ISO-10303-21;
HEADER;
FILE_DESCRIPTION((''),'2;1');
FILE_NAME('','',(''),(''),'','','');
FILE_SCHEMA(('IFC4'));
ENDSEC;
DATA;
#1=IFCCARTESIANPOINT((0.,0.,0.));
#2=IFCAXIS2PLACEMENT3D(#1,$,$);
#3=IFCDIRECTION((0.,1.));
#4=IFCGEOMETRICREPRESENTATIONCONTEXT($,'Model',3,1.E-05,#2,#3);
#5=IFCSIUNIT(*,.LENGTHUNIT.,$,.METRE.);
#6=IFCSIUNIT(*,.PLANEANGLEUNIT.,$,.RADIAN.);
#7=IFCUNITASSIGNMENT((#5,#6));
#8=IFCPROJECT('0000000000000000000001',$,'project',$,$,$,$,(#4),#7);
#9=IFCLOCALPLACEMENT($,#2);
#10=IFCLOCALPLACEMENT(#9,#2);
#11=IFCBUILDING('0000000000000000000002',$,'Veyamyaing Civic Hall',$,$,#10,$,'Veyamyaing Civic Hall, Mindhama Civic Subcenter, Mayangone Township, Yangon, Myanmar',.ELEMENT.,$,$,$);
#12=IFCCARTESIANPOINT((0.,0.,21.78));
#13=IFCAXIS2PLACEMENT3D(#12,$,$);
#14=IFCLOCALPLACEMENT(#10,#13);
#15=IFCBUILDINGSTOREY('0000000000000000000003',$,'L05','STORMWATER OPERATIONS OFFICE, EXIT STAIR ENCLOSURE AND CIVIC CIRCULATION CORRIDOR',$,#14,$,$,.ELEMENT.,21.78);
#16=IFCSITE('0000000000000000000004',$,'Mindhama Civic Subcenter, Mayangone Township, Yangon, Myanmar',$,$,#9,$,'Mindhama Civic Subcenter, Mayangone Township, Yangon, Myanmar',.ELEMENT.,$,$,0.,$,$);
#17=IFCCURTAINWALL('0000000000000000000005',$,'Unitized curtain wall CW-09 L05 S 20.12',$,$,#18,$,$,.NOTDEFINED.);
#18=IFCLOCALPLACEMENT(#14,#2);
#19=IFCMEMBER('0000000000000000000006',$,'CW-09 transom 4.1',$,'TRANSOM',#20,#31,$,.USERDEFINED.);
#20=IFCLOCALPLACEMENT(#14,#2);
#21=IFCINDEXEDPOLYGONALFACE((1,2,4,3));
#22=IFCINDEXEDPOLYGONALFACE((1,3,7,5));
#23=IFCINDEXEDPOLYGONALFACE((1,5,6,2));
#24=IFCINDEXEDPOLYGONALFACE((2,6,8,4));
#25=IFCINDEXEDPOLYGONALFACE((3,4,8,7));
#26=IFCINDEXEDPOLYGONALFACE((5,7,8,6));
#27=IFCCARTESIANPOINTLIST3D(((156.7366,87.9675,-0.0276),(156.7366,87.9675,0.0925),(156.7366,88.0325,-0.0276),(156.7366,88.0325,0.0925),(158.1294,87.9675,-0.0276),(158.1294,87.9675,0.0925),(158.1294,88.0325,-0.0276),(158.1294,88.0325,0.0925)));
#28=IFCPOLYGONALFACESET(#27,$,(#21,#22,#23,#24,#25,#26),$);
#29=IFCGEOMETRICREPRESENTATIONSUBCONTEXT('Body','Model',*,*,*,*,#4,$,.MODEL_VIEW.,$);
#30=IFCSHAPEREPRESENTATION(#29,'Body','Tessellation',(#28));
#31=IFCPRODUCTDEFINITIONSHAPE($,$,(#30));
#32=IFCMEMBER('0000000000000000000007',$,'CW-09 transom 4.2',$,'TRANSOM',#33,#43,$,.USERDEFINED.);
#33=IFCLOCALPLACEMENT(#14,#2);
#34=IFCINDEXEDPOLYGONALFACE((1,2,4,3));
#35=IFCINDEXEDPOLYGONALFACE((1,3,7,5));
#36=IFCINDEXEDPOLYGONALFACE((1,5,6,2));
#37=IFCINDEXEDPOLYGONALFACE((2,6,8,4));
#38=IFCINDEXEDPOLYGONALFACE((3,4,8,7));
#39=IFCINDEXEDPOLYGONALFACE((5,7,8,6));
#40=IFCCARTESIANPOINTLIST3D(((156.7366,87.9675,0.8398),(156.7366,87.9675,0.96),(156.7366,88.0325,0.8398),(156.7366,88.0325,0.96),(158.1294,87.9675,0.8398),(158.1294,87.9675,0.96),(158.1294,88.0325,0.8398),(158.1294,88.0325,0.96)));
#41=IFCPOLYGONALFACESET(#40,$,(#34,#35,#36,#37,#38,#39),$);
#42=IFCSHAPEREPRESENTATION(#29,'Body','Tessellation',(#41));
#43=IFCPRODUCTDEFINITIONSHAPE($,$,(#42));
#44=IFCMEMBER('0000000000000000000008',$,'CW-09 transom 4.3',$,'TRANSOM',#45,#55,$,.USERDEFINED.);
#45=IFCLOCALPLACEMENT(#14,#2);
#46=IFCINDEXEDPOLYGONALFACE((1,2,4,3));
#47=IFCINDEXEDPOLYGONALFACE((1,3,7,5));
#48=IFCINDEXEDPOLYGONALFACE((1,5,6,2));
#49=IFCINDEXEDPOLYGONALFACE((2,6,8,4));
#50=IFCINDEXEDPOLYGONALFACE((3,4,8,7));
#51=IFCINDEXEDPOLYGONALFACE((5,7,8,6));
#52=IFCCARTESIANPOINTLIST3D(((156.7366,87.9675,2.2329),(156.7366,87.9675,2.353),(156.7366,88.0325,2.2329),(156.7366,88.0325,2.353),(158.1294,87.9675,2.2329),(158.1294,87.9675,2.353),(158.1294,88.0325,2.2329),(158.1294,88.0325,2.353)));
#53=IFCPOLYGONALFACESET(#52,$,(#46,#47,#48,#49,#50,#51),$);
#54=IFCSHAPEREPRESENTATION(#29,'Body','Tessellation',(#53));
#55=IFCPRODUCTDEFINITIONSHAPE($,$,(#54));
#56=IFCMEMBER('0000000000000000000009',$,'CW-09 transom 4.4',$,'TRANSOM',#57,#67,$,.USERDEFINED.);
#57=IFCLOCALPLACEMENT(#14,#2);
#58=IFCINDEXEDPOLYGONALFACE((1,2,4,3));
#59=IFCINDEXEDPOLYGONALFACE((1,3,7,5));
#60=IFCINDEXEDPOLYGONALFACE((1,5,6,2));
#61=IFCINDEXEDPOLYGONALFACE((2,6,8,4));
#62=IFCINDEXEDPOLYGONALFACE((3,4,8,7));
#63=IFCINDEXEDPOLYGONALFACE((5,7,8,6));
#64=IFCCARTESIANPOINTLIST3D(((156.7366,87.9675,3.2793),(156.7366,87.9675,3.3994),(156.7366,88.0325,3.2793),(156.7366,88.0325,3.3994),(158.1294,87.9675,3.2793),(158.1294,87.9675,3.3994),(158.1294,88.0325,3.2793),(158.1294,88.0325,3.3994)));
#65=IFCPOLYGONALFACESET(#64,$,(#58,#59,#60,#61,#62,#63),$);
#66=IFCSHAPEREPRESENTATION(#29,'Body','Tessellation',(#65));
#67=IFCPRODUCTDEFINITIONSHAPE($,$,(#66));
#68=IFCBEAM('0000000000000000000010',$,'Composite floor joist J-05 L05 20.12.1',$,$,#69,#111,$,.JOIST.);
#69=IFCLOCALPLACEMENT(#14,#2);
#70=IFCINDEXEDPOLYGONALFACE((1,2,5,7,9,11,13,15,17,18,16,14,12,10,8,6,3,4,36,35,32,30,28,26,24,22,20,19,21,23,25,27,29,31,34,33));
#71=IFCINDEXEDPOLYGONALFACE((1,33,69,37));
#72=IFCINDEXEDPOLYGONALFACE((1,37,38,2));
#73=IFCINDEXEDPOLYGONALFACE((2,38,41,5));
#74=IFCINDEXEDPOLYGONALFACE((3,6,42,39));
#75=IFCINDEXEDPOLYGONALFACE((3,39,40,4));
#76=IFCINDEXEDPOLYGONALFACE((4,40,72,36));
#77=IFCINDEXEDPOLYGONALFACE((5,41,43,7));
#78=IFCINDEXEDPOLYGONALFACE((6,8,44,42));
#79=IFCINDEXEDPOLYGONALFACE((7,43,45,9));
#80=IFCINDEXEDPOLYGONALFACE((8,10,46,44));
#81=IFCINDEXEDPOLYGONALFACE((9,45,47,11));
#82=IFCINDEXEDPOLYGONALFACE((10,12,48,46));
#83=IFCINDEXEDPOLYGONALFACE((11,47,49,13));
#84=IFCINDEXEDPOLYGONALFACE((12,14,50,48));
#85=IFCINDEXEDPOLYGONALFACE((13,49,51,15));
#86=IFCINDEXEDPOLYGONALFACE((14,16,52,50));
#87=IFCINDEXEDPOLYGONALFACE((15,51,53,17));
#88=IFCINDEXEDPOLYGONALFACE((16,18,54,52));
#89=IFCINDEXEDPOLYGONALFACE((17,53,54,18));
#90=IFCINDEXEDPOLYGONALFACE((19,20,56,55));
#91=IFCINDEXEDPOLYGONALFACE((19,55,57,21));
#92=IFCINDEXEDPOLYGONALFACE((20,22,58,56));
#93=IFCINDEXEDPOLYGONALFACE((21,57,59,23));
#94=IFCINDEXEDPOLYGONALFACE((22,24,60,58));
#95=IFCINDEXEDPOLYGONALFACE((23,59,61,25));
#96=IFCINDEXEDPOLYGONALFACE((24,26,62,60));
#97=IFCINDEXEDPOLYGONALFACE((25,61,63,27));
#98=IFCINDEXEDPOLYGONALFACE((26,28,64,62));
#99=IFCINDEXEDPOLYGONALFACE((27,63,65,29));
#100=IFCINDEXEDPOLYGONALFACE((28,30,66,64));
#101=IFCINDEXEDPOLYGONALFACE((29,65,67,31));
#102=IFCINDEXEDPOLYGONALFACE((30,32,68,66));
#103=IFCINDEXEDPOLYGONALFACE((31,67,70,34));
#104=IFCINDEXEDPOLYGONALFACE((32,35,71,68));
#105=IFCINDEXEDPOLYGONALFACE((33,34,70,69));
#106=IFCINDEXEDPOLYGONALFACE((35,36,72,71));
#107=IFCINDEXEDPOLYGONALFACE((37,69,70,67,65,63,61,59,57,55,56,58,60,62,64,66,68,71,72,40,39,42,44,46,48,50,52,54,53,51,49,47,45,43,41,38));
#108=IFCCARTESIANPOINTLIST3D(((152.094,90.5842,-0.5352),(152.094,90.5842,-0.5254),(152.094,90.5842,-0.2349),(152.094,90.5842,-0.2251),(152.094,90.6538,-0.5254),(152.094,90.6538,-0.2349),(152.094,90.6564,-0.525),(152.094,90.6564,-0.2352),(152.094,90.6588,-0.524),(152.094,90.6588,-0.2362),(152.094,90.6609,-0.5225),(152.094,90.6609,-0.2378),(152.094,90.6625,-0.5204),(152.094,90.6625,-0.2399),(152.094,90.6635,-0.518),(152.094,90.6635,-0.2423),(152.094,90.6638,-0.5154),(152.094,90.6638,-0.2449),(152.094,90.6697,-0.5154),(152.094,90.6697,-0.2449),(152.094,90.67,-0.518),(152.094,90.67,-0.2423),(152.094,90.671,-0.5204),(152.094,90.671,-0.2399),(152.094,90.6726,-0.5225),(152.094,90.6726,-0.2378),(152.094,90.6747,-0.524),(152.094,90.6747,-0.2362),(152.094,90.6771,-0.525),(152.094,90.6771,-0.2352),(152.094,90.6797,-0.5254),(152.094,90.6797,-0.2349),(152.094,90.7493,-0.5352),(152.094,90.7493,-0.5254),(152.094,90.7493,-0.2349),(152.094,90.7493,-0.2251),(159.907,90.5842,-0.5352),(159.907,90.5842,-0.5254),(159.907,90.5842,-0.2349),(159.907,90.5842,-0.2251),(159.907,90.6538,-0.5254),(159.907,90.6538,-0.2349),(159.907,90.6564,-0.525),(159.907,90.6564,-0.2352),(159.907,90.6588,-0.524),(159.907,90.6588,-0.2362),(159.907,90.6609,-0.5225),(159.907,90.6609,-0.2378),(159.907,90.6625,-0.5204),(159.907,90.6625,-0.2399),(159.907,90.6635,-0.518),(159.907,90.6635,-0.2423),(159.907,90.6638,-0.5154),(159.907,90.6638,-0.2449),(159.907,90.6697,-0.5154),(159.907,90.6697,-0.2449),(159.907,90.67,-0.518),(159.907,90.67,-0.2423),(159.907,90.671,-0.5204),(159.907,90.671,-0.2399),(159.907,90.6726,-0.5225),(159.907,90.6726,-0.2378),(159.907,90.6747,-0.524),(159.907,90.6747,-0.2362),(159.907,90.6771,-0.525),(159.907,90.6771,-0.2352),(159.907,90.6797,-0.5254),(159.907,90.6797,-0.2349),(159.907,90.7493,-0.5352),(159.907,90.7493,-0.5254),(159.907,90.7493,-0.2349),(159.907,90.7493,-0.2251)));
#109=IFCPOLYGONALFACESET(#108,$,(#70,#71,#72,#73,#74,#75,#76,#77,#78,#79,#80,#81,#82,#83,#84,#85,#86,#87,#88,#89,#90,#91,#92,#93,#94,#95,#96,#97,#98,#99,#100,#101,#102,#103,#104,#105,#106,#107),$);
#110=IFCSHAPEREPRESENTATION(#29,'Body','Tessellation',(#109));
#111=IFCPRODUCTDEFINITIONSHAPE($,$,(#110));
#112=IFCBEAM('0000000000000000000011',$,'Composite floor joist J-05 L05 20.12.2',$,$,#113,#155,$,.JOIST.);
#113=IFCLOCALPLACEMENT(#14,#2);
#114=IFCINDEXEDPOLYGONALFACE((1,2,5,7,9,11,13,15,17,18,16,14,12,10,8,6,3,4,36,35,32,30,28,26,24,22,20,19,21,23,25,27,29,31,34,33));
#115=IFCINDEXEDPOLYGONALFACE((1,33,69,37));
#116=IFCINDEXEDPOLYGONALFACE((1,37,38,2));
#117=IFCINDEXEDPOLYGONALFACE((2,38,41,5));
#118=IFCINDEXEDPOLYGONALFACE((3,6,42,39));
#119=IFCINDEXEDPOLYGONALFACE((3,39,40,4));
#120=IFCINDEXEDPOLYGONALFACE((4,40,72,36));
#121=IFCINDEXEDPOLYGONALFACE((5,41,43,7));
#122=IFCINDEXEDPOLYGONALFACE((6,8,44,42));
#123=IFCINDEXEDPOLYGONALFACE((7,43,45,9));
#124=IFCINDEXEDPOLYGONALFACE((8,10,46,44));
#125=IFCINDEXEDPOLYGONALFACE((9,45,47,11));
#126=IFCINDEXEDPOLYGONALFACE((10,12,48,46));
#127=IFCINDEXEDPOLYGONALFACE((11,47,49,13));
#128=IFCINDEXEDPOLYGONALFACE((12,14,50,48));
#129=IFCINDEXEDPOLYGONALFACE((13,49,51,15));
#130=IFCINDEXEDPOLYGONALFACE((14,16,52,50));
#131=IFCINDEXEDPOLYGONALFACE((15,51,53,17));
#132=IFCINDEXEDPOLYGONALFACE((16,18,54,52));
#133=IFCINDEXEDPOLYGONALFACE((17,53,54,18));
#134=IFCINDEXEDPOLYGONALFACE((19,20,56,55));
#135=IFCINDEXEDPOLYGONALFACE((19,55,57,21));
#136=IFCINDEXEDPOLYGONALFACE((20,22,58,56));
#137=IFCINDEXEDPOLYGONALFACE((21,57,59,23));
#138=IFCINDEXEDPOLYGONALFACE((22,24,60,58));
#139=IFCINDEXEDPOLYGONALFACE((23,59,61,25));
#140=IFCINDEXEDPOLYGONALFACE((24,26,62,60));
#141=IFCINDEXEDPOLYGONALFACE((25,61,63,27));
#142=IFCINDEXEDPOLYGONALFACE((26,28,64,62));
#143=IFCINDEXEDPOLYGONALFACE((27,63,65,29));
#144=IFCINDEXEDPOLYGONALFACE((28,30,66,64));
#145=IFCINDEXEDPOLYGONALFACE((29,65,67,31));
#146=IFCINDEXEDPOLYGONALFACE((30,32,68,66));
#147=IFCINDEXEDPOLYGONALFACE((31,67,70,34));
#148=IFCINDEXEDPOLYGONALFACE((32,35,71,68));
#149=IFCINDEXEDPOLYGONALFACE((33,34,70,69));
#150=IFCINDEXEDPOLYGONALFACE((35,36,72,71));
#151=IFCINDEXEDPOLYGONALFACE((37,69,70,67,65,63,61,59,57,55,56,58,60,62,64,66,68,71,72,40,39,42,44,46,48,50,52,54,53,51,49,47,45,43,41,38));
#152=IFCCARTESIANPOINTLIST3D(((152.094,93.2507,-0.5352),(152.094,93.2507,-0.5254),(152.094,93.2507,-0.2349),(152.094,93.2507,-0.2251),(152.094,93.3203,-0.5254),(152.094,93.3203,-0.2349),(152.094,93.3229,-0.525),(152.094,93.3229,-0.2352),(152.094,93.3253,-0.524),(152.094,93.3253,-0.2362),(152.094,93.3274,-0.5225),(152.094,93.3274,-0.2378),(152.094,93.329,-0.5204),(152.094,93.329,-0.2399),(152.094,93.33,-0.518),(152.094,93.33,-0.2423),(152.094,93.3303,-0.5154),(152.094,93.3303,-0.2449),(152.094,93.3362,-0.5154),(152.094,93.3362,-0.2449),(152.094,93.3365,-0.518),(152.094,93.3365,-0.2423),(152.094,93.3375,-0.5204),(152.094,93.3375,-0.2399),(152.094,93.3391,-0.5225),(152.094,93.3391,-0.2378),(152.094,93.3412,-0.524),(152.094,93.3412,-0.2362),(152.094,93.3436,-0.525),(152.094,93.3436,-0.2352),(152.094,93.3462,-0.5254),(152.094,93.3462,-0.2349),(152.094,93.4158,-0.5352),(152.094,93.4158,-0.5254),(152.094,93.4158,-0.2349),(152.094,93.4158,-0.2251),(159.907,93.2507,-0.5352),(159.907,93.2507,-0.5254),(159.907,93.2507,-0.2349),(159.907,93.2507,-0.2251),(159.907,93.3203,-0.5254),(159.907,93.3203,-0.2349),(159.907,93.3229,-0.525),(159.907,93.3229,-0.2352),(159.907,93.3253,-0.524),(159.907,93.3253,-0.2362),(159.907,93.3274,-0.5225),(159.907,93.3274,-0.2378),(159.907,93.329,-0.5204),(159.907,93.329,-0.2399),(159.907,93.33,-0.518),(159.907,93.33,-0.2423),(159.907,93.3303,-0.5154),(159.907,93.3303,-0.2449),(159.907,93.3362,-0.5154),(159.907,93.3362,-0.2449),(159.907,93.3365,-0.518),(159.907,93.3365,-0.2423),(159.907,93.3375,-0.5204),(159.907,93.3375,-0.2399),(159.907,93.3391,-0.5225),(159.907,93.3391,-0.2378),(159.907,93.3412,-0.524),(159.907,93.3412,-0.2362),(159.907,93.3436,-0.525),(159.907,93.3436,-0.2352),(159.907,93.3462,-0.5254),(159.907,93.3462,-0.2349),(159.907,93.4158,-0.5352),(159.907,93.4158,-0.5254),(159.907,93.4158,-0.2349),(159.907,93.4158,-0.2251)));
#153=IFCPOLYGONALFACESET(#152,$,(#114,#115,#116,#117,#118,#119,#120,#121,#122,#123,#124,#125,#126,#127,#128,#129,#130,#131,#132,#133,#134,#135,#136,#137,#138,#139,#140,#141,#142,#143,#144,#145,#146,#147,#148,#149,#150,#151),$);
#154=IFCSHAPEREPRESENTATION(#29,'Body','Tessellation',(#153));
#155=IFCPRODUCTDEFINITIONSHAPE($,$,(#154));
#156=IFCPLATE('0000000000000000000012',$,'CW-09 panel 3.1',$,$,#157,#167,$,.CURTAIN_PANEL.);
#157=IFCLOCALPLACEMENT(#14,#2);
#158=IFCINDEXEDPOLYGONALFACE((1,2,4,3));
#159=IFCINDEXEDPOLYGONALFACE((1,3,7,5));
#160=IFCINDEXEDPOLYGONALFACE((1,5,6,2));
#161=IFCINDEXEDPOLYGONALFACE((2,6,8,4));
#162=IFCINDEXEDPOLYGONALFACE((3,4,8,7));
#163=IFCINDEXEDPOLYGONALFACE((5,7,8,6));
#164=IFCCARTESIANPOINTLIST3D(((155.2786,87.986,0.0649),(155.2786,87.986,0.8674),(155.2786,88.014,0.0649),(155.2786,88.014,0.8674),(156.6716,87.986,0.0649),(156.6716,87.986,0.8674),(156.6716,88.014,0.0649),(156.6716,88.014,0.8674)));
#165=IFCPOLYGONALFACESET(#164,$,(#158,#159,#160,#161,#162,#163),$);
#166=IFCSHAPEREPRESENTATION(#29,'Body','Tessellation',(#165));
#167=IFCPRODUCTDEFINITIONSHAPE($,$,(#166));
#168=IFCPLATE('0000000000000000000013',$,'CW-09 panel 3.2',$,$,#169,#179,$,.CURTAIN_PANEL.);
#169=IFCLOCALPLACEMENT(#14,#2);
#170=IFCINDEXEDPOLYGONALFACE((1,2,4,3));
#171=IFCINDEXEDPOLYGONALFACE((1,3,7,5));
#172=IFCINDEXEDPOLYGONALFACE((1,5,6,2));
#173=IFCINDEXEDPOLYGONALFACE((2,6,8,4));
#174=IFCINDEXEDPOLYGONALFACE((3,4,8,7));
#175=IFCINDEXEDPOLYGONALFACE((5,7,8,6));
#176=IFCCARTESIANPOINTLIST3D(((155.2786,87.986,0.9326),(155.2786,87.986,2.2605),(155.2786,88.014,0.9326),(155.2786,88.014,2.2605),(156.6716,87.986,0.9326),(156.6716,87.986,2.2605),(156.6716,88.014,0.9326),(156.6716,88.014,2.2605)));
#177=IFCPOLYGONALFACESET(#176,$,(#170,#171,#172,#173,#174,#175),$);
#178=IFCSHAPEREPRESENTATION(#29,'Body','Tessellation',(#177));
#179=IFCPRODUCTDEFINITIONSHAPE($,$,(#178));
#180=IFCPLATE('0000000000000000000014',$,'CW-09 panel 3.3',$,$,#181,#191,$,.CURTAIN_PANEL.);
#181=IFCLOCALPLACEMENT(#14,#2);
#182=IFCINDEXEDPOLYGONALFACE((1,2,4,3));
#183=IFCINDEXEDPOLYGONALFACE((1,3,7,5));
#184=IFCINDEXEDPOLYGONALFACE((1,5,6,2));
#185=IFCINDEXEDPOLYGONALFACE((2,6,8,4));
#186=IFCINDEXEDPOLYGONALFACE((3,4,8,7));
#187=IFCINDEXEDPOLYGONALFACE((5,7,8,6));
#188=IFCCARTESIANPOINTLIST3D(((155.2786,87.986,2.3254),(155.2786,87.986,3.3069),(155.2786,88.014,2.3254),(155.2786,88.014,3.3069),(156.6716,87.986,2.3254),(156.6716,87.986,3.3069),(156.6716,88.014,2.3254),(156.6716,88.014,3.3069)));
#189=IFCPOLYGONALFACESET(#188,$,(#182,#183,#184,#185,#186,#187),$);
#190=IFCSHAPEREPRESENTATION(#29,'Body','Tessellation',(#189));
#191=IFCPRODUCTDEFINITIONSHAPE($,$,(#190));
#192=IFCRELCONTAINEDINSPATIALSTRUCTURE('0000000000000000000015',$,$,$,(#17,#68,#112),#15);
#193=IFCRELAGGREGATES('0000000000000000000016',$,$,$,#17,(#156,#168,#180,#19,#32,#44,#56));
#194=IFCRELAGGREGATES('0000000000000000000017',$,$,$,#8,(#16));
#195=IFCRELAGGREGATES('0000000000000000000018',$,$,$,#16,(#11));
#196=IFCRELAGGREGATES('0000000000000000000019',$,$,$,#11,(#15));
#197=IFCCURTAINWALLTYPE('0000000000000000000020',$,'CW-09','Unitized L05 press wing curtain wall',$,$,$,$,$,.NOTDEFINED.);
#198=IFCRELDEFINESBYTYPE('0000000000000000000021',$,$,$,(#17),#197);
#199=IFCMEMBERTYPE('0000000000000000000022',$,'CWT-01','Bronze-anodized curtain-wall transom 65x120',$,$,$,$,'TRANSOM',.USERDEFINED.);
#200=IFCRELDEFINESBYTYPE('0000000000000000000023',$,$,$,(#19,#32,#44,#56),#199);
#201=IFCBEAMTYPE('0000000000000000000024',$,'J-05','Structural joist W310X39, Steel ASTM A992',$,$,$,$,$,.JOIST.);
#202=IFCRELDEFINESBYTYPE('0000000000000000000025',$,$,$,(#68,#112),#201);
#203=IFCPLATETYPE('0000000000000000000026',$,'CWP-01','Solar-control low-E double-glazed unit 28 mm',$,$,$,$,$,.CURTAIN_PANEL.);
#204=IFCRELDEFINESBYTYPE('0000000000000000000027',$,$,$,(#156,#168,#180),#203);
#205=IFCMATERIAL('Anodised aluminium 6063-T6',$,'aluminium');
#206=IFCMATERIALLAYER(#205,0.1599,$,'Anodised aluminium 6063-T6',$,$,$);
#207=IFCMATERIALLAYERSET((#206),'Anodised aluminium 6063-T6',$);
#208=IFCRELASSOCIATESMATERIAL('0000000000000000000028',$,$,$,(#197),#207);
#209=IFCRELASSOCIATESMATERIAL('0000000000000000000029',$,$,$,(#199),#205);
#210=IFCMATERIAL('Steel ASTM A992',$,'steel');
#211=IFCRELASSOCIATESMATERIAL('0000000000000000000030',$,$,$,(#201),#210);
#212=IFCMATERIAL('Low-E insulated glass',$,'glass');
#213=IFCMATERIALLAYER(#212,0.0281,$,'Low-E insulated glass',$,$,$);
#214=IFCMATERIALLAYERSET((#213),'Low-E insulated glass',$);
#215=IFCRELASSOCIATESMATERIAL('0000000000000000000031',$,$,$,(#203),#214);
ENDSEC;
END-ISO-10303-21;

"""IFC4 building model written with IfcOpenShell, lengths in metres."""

from ifc_helpers import new_model, si_unit, direction, frame, origin, origin_2d, place, context, subcontext, project, spatial, rectangle, i_section, extrude, material, layer, layer_set, material_profile, profile_set, type_object, element, aggregate, save


model = new_model("IFC4")

# Units and contexts
model_context = context("Model", 3, precision=1e-05, world=origin(), true_north=direction((0.0, 1.0)))
body_context = subcontext(model_context, "Body", "Model", "MODEL_VIEW")
ifc_project = project(units=[si_unit("LENGTHUNIT", "METRE"), si_unit("PLANEANGLEUNIT", "RADIAN")], contexts=[model_context])

# Site, building, storey
site_placement = place(None, origin())
site = spatial("IfcSite", under=ifc_project, at=site_placement, Name="Mindhama Civic Subcenter, Mayangone Township, Yangon, Myanmar", LongName="Mindhama Civic Subcenter, Mayangone Township, Yangon, Myanmar", CompositionType="ELEMENT", RefElevation=0.0)
building_placement = place(site_placement, origin())
building = spatial("IfcBuilding", under=site, at=building_placement, Name="Veyamyaing Civic Hall", LongName="Veyamyaing Civic Hall, Mindhama Civic Subcenter, Mayangone Township, Yangon, Myanmar", CompositionType="ELEMENT")
storey_placement = place(building_placement, frame((0.0, 0.0, 21.78)))
storey = spatial("IfcBuildingStorey", under=building, at=storey_placement, Name="L05", Description="STORMWATER OPERATIONS OFFICE, EXIT STAIR ENCLOSURE AND CIVIC CIRCULATION CORRIDOR", CompositionType="ELEMENT", Elevation=21.78)

# Shared definitions
ifc_material_1 = material(Name="Steel ASTM A992", Category="steel")

# Curtain wall, members
ifc_material_2 = material(Name="Anodised aluminium 6063-T6", Category="aluminium")
ifc_layer_1 = layer(ifc_material_2, 0.1599, Name="Anodised aluminium 6063-T6")
ifc_layer_set_1 = layer_set([ifc_layer_1], Name="Anodised aluminium 6063-T6")
curtain_wall_type = type_object("IfcCurtainWallType", Name="CW-09", Description="Unitized L05 press wing curtain wall", PredefinedType="NOTDEFINED", material=ifc_layer_set_1)
curtain_wall_placement = place(storey_placement, origin())
curtain_wall = element("IfcCurtainWall", 1, at=curtain_wall_placement, inside=storey, type_object=curtain_wall_type, Name="Unitized curtain wall CW-09 L05 S 20.12", PredefinedType="NOTDEFINED")
ifc_material_profile_1 = material_profile(ifc_material_2, rectangle(XDim=0.0649, YDim=0.1201, at=origin_2d()), Name="ALU-TRN-65X120")
ifc_profile_set_1 = profile_set([ifc_material_profile_1], Name="Anodised aluminium 6063-T6")
member_type_1 = type_object("IfcMemberType", Name="CWT-01", Description="Bronze-anodized curtain-wall transom 65x120", ElementType="TRANSOM", PredefinedType="USERDEFINED", material=ifc_profile_set_1)
member_1_placement = place(storey_placement, frame((156.7366, 88.0, 0.0325), z_axis=(1.0, 0.0, 0.0), x_axis=(0.0, 1.0, 0.0)))
member_1 = element("IfcMember", 2, at=member_1_placement, type_object=member_type_1, Name="CW-09 transom 4.1", ObjectType="TRANSOM", PredefinedType="USERDEFINED", context=body_context, shape_type="SweptSolid", body=[
    extrude(rectangle(XDim=0.0649, YDim=0.1201, at=origin_2d()), origin(), (0.0, 0.0, 1.0), 1.3928),
])
member_2_placement = place(storey_placement, frame((156.7366, 88.0, 0.8999), z_axis=(1.0, 0.0, 0.0), x_axis=(0.0, 1.0, 0.0)))
member_2 = element("IfcMember", 3, at=member_2_placement, type_object=member_type_1, Name="CW-09 transom 4.2", ObjectType="TRANSOM", PredefinedType="USERDEFINED", context=body_context, shape_type="SweptSolid", body=[
    extrude(rectangle(XDim=0.0649, YDim=0.1201, at=origin_2d()), origin(), (0.0, 0.0, 1.0), 1.3928),
])
member_3_placement = place(storey_placement, frame((156.7366, 88.0, 2.293), z_axis=(1.0, 0.0, 0.0), x_axis=(0.0, 1.0, 0.0)))
member_3 = element("IfcMember", 4, at=member_3_placement, type_object=member_type_1, Name="CW-09 transom 4.3", ObjectType="TRANSOM", PredefinedType="USERDEFINED", context=body_context, shape_type="SweptSolid", body=[
    extrude(rectangle(XDim=0.0649, YDim=0.1201, at=origin_2d()), origin(), (0.0, 0.0, 1.0), 1.3928),
])
member_4_placement = place(storey_placement, frame((156.7366, 88.0, 3.3394), z_axis=(1.0, 0.0, 0.0), x_axis=(0.0, 1.0, 0.0)))
member_4 = element("IfcMember", 5, at=member_4_placement, type_object=member_type_1, Name="CW-09 transom 4.4", ObjectType="TRANSOM", PredefinedType="USERDEFINED", context=body_context, shape_type="SweptSolid", body=[
    extrude(rectangle(XDim=0.0649, YDim=0.1201, at=origin_2d()), origin(), (0.0, 0.0, 1.0), 1.3928),
])

# Beams
ifc_material_profile_2 = material_profile(ifc_material_1, i_section(OverallWidth=0.165, OverallDepth=0.3101, WebThickness=0.0059, FlangeThickness=0.0098, FilletRadius=0.01, at=origin_2d()), Name="W310X39")
ifc_profile_set_2 = profile_set([ifc_material_profile_2], Name="Steel ASTM A992")
beam_type_1 = type_object("IfcBeamType", Name="J-05", Description="Structural joist W310X39, Steel ASTM A992", PredefinedType="JOIST", material=ifc_profile_set_2)
for number, where, z_axis, x_axis, name in (
    (6, (152.094, 90.6667, -0.3801), (1.0, 0.0, 0.0), (0.0, 1.0, 0.0), "Composite floor joist J-05 L05 20.12.1"),
    (7, (152.094, 93.3333, -0.3801), (1.0, 0.0, 0.0), (0.0, 1.0, 0.0), "Composite floor joist J-05 L05 20.12.2"),
):
    element("IfcBeam", number, at=place(storey_placement, frame(where, z_axis=z_axis, x_axis=x_axis)), inside=storey, type_object=beam_type_1, Name=name, PredefinedType="JOIST", context=body_context, shape_type="SweptSolid", body=[
        extrude(i_section(OverallWidth=0.165, OverallDepth=0.3101, WebThickness=0.0059, FlangeThickness=0.0098, FilletRadius=0.01, at=origin_2d()), origin(), (0.0, 0.0, 1.0), 7.813),
    ])

# Plates
ifc_material_3 = material(Name="Low-E insulated glass", Category="glass")
ifc_layer_2 = layer(ifc_material_3, 0.0281, Name="Low-E insulated glass")
ifc_layer_set_2 = layer_set([ifc_layer_2], Name="Low-E insulated glass")
plate_type = type_object("IfcPlateType", Name="CWP-01", Description="Solar-control low-E double-glazed unit 28 mm", PredefinedType="CURTAIN_PANEL", material=ifc_layer_set_2)
plate_1_placement = place(storey_placement, frame((155.9751, 88.0, 0.0649), z_axis=(0.0, 0.0, 1.0), x_axis=(1.0, 0.0, 0.0)))
plate_1 = element("IfcPlate", 8, at=plate_1_placement, type_object=plate_type, Name="CW-09 panel 3.1", PredefinedType="CURTAIN_PANEL", context=body_context, shape_type="SweptSolid", body=[
    extrude(rectangle(XDim=1.3931, YDim=0.0281, at=origin_2d()), origin(), (0.0, 0.0, 1.0), 0.8025),
])
plate_2_placement = place(storey_placement, frame((155.9751, 88.0, 0.9326), z_axis=(0.0, 0.0, 1.0), x_axis=(1.0, 0.0, 0.0)))
plate_2 = element("IfcPlate", 9, at=plate_2_placement, type_object=plate_type, Name="CW-09 panel 3.2", PredefinedType="CURTAIN_PANEL", context=body_context, shape_type="SweptSolid", body=[
    extrude(rectangle(XDim=1.3931, YDim=0.0281, at=origin_2d()), origin(), (0.0, 0.0, 1.0), 1.3279),
])
plate_3_placement = place(storey_placement, frame((155.9751, 88.0, 2.3254), z_axis=(0.0, 0.0, 1.0), x_axis=(1.0, 0.0, 0.0)))
plate_3 = element("IfcPlate", 10, at=plate_3_placement, type_object=plate_type, Name="CW-09 panel 3.3", PredefinedType="CURTAIN_PANEL", context=body_context, shape_type="SweptSolid", body=[
    extrude(rectangle(XDim=1.3931, YDim=0.0281, at=origin_2d()), origin(), (0.0, 0.0, 1.0), 0.9814),
])
aggregate(curtain_wall, [plate_1, plate_2, plate_3, member_1, member_2, member_3, member_4])

save(model, "model.ifc")
